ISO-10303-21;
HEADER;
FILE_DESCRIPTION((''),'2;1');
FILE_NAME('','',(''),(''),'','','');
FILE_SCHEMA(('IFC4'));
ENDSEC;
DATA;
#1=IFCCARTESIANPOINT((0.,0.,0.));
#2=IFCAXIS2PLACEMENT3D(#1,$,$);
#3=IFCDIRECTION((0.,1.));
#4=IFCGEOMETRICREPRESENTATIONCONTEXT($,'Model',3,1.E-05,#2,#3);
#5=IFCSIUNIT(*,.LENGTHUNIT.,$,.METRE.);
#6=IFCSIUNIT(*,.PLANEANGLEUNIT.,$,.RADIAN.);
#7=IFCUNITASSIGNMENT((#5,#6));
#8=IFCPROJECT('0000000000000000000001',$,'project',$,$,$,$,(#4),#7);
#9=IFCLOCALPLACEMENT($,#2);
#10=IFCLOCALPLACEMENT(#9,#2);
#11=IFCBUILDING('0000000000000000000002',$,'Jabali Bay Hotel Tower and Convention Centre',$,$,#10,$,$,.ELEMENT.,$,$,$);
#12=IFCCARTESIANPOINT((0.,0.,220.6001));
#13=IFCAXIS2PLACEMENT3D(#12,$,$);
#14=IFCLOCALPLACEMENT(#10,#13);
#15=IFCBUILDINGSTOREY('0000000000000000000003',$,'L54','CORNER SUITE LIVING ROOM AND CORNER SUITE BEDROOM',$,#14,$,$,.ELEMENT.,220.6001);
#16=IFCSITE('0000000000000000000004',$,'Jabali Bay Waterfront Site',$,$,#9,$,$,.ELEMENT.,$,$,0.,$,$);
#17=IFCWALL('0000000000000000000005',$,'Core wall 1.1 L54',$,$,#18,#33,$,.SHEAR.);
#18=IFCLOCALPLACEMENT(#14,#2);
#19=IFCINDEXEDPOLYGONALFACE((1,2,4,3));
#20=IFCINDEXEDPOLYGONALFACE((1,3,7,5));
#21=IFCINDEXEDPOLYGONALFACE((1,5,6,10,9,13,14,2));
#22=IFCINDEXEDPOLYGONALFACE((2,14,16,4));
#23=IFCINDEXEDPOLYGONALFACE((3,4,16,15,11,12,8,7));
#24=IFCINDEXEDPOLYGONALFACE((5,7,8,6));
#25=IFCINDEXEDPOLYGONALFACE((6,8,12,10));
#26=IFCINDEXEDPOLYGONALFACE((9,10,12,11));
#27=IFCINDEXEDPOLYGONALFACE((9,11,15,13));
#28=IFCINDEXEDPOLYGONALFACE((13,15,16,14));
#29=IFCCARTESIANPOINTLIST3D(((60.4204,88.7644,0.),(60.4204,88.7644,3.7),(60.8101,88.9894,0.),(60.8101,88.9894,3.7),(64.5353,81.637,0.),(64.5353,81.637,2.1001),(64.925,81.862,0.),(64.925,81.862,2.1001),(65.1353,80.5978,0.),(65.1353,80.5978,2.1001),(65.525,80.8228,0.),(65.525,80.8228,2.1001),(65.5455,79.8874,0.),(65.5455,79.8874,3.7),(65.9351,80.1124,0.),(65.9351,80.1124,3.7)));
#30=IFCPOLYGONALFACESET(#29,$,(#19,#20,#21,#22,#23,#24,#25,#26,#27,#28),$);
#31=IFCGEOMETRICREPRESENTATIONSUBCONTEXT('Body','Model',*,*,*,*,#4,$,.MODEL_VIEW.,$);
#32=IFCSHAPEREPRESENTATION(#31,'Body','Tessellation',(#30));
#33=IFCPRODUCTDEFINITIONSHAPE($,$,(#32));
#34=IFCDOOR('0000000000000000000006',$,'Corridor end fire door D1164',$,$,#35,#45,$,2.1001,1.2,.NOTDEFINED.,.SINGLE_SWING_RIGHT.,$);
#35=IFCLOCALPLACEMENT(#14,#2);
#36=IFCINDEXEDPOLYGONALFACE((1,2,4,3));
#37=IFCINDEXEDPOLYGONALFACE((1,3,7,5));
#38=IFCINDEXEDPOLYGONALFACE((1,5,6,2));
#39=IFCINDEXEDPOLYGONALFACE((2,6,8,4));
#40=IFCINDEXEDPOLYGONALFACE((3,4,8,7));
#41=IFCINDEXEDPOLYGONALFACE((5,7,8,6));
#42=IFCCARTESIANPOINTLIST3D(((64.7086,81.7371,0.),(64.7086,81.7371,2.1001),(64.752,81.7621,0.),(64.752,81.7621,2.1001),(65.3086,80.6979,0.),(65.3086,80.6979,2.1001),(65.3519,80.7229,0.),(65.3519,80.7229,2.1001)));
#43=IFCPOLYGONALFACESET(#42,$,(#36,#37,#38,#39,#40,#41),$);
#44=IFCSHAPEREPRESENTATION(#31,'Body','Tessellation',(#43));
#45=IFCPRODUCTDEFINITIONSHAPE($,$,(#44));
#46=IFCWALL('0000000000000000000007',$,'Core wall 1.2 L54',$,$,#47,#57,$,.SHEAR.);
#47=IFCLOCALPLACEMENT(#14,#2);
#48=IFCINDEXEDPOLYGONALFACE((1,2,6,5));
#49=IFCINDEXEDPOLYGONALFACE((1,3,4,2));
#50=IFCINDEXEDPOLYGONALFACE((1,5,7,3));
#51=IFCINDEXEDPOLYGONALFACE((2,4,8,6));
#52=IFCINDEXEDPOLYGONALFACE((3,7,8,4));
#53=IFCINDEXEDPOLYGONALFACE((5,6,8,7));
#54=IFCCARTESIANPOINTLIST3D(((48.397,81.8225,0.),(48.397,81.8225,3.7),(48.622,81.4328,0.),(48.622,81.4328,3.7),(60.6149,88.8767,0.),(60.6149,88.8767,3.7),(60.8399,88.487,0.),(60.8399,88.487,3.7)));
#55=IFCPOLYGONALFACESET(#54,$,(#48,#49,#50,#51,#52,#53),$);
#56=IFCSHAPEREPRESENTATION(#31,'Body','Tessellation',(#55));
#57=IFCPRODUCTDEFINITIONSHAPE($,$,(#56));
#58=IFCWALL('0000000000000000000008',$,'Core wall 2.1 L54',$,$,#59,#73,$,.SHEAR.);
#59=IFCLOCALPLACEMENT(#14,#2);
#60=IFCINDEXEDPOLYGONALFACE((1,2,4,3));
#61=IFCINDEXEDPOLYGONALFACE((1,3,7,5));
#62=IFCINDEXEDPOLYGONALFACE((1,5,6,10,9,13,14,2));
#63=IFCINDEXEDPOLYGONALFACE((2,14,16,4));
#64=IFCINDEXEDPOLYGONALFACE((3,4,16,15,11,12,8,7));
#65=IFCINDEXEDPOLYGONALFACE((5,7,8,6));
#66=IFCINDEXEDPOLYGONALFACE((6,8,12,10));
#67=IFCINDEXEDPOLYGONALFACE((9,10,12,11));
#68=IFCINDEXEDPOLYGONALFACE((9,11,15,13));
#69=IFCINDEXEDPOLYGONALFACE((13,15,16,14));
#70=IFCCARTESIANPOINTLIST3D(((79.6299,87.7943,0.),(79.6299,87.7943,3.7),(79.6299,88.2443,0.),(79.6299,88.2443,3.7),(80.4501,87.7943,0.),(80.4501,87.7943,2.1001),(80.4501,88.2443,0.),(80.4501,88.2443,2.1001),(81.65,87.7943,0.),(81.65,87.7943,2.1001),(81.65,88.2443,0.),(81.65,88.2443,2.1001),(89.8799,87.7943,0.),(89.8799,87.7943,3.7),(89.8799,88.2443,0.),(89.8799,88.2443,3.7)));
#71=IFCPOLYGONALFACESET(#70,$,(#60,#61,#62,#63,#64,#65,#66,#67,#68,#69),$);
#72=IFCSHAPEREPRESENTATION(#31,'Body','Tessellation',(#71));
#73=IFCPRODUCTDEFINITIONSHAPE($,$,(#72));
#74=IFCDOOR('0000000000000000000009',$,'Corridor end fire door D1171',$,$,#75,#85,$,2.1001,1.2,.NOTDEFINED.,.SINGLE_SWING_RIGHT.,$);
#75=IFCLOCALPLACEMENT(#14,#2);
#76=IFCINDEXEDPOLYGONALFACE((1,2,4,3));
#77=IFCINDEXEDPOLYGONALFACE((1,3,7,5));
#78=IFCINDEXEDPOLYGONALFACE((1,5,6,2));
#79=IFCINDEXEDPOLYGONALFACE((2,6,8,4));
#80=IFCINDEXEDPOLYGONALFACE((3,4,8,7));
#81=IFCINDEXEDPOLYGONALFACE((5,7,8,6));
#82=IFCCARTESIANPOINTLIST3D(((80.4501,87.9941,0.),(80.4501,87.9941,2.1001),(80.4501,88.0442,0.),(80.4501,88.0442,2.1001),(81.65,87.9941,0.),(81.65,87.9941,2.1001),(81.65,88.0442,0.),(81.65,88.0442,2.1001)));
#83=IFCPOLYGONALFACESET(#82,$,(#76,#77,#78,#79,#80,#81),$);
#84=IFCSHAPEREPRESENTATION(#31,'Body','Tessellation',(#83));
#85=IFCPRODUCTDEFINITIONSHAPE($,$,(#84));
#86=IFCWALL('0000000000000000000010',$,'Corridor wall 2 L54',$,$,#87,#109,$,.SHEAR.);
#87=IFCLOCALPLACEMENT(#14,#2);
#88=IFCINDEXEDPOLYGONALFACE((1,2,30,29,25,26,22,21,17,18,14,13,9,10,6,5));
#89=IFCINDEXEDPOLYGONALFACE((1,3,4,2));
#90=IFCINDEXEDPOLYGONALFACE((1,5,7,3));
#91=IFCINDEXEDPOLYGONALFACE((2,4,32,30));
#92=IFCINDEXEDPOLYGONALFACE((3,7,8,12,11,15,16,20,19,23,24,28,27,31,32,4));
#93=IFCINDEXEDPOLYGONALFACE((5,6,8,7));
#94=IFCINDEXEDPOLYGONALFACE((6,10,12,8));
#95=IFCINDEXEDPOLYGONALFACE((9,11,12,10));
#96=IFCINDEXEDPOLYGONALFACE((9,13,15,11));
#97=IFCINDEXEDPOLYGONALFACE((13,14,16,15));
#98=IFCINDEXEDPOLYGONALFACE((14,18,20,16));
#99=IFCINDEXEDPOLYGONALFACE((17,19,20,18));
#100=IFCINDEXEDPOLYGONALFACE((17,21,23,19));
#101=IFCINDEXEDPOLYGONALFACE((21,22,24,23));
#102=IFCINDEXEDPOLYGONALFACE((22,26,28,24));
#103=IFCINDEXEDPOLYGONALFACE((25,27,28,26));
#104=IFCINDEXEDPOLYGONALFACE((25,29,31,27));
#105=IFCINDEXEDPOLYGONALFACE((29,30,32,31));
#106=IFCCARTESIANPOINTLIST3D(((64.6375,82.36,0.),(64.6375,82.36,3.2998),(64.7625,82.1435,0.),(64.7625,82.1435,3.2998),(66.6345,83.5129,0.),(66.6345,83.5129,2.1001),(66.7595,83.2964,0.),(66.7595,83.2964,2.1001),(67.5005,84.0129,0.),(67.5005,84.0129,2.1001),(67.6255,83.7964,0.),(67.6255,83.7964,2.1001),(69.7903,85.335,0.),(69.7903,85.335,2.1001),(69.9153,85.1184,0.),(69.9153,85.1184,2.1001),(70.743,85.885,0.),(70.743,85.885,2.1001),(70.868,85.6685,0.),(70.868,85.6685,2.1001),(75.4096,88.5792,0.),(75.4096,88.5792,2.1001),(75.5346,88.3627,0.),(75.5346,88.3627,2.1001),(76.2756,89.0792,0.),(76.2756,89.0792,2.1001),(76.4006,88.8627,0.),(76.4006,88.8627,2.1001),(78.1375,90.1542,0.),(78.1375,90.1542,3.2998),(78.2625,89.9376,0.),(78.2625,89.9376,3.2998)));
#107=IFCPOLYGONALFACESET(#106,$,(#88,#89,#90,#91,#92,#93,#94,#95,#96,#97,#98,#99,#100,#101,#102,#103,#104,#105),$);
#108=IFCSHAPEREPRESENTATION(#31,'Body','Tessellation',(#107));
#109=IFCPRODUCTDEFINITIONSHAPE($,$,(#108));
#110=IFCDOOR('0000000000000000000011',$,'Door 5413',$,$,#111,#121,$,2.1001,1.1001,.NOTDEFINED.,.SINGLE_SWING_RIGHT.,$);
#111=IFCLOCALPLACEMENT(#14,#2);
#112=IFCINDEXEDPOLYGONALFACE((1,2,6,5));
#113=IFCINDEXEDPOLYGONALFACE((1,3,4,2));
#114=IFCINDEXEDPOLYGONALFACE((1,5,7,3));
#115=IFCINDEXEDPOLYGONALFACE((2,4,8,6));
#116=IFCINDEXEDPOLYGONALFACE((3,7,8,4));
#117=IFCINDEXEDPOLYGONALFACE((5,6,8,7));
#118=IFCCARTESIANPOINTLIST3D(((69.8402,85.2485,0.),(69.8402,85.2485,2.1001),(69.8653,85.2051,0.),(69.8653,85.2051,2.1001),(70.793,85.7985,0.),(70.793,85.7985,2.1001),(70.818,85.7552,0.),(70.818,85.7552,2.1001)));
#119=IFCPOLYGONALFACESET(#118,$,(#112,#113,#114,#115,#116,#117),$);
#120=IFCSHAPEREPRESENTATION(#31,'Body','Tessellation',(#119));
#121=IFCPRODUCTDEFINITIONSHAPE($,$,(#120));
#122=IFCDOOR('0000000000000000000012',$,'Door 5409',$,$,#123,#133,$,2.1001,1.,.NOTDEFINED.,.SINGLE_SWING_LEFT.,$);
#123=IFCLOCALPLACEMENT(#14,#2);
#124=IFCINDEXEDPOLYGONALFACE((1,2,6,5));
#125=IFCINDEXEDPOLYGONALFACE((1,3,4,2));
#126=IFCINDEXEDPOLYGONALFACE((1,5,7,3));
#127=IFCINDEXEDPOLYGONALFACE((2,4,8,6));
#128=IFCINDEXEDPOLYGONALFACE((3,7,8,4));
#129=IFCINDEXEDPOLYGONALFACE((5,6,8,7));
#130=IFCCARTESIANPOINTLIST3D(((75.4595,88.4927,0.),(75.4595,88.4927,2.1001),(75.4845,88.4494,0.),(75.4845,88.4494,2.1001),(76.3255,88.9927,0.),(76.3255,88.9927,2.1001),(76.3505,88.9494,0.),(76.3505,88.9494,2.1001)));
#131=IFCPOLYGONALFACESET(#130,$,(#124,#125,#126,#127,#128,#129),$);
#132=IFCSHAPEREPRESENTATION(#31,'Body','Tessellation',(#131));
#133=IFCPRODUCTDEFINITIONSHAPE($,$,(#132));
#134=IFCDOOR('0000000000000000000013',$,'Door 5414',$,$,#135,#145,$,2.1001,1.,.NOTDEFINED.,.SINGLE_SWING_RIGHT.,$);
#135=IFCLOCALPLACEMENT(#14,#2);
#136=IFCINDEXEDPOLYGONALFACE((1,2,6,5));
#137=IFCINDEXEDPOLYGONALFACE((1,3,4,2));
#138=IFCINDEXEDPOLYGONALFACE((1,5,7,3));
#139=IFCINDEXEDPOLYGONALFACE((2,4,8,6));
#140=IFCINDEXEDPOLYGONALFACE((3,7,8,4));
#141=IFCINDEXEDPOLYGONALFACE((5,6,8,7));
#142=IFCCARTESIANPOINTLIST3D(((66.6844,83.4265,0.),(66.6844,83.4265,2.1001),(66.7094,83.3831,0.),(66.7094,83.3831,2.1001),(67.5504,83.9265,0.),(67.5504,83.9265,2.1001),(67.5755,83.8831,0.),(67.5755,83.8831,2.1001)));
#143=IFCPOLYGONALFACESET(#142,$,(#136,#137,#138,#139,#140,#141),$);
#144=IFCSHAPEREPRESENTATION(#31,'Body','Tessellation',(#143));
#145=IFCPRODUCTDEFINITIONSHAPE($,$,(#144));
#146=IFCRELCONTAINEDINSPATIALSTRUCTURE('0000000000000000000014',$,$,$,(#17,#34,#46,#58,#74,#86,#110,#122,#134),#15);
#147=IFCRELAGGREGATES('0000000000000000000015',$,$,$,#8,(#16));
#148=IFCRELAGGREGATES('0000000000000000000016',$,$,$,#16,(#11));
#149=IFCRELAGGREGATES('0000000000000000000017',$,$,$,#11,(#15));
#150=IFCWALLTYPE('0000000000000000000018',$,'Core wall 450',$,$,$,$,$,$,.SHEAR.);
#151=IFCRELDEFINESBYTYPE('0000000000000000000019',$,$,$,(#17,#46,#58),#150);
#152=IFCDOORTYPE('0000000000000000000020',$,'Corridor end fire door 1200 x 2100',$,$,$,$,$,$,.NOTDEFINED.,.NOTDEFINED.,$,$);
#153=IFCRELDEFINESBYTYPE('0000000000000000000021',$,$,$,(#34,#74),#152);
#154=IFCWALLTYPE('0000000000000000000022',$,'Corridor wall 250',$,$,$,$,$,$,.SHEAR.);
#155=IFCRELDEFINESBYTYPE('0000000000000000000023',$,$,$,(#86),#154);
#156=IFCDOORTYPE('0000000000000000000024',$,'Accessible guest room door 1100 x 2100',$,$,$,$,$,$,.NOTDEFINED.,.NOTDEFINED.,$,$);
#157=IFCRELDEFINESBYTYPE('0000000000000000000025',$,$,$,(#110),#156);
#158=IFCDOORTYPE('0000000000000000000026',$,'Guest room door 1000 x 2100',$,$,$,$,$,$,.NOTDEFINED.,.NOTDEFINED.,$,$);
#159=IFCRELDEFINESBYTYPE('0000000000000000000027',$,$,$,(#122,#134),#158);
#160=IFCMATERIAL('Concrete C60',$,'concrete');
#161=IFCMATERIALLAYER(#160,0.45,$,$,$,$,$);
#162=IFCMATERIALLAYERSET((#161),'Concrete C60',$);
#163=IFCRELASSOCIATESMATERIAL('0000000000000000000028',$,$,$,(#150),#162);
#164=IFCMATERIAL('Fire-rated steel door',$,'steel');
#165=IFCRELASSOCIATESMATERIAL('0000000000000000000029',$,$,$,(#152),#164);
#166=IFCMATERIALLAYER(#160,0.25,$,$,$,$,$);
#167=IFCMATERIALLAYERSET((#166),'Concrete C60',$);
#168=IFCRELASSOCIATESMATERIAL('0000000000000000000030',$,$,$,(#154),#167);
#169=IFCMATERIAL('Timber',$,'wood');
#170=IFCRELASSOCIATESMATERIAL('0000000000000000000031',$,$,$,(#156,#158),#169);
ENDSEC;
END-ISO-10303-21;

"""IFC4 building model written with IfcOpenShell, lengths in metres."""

from ifc_helpers import new_model, si_unit, direction, frame, frame_2d, origin, place, context, subcontext, project, spatial, rectangle, extrude, material, layer, layer_set, type_object, element, fill, save


model = new_model("IFC4")

# Units and contexts
model_context = context("Model", 3, precision=1e-05, world=origin(), true_north=direction((0.0, 1.0)))
body_context = subcontext(model_context, "Body", "Model", "MODEL_VIEW")
ifc_project = project(units=[si_unit("LENGTHUNIT", "METRE"), si_unit("PLANEANGLEUNIT", "RADIAN")], contexts=[model_context])

# Site, building, storey
site_placement = place(None, origin())
site = spatial("IfcSite", under=ifc_project, at=site_placement, Name="Jabali Bay Waterfront Site", CompositionType="ELEMENT", RefElevation=0.0)
building_placement = place(site_placement, origin())
building = spatial("IfcBuilding", under=site, at=building_placement, Name="Jabali Bay Hotel Tower and Convention Centre", CompositionType="ELEMENT")
storey_placement = place(building_placement, frame((0.0, 0.0, 220.6001)))
storey = spatial("IfcBuildingStorey", under=building, at=storey_placement, Name="L54", Description="CORNER SUITE LIVING ROOM AND CORNER SUITE BEDROOM", CompositionType="ELEMENT", Elevation=220.6001)

# Shared definitions
ifc_material_1 = material(Name="Fire-rated steel door", Category="steel")

# Wall, opening, door
ifc_material_2 = material(Name="Concrete C60", Category="concrete")
ifc_layer_1 = layer(ifc_material_2, 0.45)
ifc_layer_set_1 = layer_set([ifc_layer_1], Name="Concrete C60")
wall_type_1 = type_object("IfcWallType", Name="Core wall 450", PredefinedType="SHEAR", material=ifc_layer_set_1)
wall_1_placement = place(storey_placement, frame((65.7402, 80.0, 0.0), z_axis=(0.0, 0.0, 1.0), x_axis=(-0.499992, 0.86603, 0.0)))
wall_1 = element("IfcWall", 1, at=wall_1_placement, inside=storey, type_object=wall_type_1, Name="Core wall 1.1 L54", PredefinedType="SHEAR", context=body_context, shape_type="SweptSolid", body=[
    extrude(rectangle(XDim=10.2502, YDim=0.45, at=frame_2d((5.125, 0.0))), origin(), (0.0, 0.0, 1.0), 3.7),
])
opening_1_placement = place(wall_1_placement, frame((0.8201, 0.0, 0.0)))
opening_1 = element("IfcOpeningElement", 2, at=opening_1_placement, cuts=wall_1, PredefinedType="OPENING", context=body_context, shape_type="SweptSolid", body=[
    extrude(rectangle(XDim=1.2, YDim=2.1001, at=frame_2d((0.6001, 1.05))), frame((0.0, 0.2354, 0.0), z_axis=(0.0, -1.0, 0.0), x_axis=(1.0, 0.0, 0.0)), (0.0, 0.0, 1.0), 0.4709),
])
door_type_1 = type_object("IfcDoorType", Name="Corridor end fire door 1200 x 2100", OperationType="NOTDEFINED", PredefinedType="NOTDEFINED", material=ifc_material_1)
door_1_placement = place(opening_1_placement, origin())
door_1 = element("IfcDoor", 3, at=door_1_placement, inside=storey, type_object=door_type_1, Name="Corridor end fire door D1164", OperationType="SINGLE_SWING_RIGHT", OverallHeight=2.1001, OverallWidth=1.2, PredefinedType="NOTDEFINED", context=body_context, shape_type="SweptSolid", body=[
    extrude(rectangle(XDim=1.2, YDim=2.1001, at=frame_2d((0.6001, 1.05))), frame((0.0, 0.0249, 0.0), z_axis=(0.0, -1.0, 0.0), x_axis=(1.0, 0.0, 0.0)), (0.0, 0.0, 1.0), 0.05),
])
fill(opening_1, door_1)

# Wall
wall_2_placement = place(storey_placement, frame((60.7275, 88.6819, 0.0), z_axis=(0.0, 0.0, 1.0), x_axis=(-0.866022, -0.500007, 0.0)))
element("IfcWall", 4, at=wall_2_placement, inside=storey, type_object=wall_type_1, Name="Core wall 1.2 L54", PredefinedType="SHEAR", context=body_context, shape_type="SweptSolid", body=[
    extrude(rectangle(XDim=14.1082, YDim=0.45, at=frame_2d((7.0542, 0.0))), origin(), (0.0, 0.0, 1.0), 3.7),
])

# Wall, opening, door
wall_3_placement = place(storey_placement, frame((79.6299, 88.0193, 0.0), z_axis=(0.0, 0.0, 1.0), x_axis=(1.0, 0.0, 0.0)))
wall_3 = element("IfcWall", 5, at=wall_3_placement, inside=storey, type_object=wall_type_1, Name="Core wall 2.1 L54", PredefinedType="SHEAR", context=body_context, shape_type="SweptSolid", body=[
    extrude(rectangle(XDim=10.25, YDim=0.45, at=frame_2d((5.125, 0.0))), origin(), (0.0, 0.0, 1.0), 3.7),
])
opening_2_placement = place(wall_3_placement, frame((0.8201, 0.0, 0.0)))
opening_2 = element("IfcOpeningElement", 6, at=opening_2_placement, cuts=wall_3, PredefinedType="OPENING", context=body_context, shape_type="SweptSolid", body=[
    extrude(rectangle(XDim=1.2, YDim=2.1001, at=frame_2d((0.6001, 1.05))), frame((0.0, 0.2354, 0.0), z_axis=(0.0, -1.0, 0.0), x_axis=(1.0, 0.0, 0.0)), (0.0, 0.0, 1.0), 0.4709),
])
door_2_placement = place(opening_2_placement, origin())
door_2 = element("IfcDoor", 7, at=door_2_placement, inside=storey, type_object=door_type_1, Name="Corridor end fire door D1171", OperationType="SINGLE_SWING_RIGHT", OverallHeight=2.1001, OverallWidth=1.2, PredefinedType="NOTDEFINED", context=body_context, shape_type="SweptSolid", body=[
    extrude(rectangle(XDim=1.2, YDim=2.1001, at=frame_2d((0.6001, 1.05))), frame((0.0, 0.0249, 0.0), z_axis=(0.0, -1.0, 0.0), x_axis=(1.0, 0.0, 0.0)), (0.0, 0.0, 1.0), 0.05),
])
fill(opening_2, door_2)

# Wall, openings, doors
ifc_layer_2 = layer(ifc_material_2, 0.25)
ifc_layer_set_2 = layer_set([ifc_layer_2], Name="Concrete C60")
wall_type_2 = type_object("IfcWallType", Name="Corridor wall 250", PredefinedType="SHEAR", material=ifc_layer_set_2)
wall_4_placement = place(storey_placement, frame((78.2, 90.0459, 0.0), z_axis=(0.0, 0.0, 1.0), x_axis=(-0.866026, -0.499998, 0.0)))
wall_4 = element("IfcWall", 8, at=wall_4_placement, inside=storey, type_object=wall_type_2, Name="Corridor wall 2 L54", PredefinedType="SHEAR", context=body_context, shape_type="SweptSolid", body=[
    extrude(rectangle(XDim=15.5884, YDim=0.25, at=frame_2d((7.7942, 0.0))), origin(), (0.0, 0.0, 1.0), 3.2998),
])
opening_3_placement = place(wall_4_placement, frame((2.1499, 0.0, 0.0)))
opening_3 = element("IfcOpeningElement", 9, at=opening_3_placement, cuts=wall_4, PredefinedType="OPENING", context=body_context, shape_type="SweptSolid", body=[
    extrude(rectangle(XDim=1.0, YDim=2.1001, at=frame_2d((0.5, 1.05))), frame((0.0, 0.1355, 0.0), z_axis=(0.0, -1.0, 0.0), x_axis=(1.0, 0.0, 0.0)), (0.0, 0.0, 1.0), 0.271),
])
opening_4_placement = place(wall_4_placement, frame((8.5383, 0.0, 0.0)))
opening_4 = element("IfcOpeningElement", 10, at=opening_4_placement, cuts=wall_4, PredefinedType="OPENING", context=body_context, shape_type="SweptSolid", body=[
    extrude(rectangle(XDim=1.1001, YDim=2.1001, at=frame_2d((0.55, 1.05))), frame((0.0, 0.1355, 0.0), z_axis=(0.0, -1.0, 0.0), x_axis=(1.0, 0.0, 0.0)), (0.0, 0.0, 1.0), 0.271),
])
opening_5_placement = place(wall_4_placement, frame((12.2825, 0.0, 0.0)))
opening_5 = element("IfcOpeningElement", 11, at=opening_5_placement, cuts=wall_4, PredefinedType="OPENING", context=body_context, shape_type="SweptSolid", body=[
    extrude(rectangle(XDim=1.0, YDim=2.1001, at=frame_2d((0.5, 1.05))), frame((0.0, 0.1355, 0.0), z_axis=(0.0, -1.0, 0.0), x_axis=(1.0, 0.0, 0.0)), (0.0, 0.0, 1.0), 0.271),
])
ifc_material_3 = material(Name="Timber", Category="wood")
door_type_2 = type_object("IfcDoorType", Name="Accessible guest room door 1100 x 2100", OperationType="NOTDEFINED", PredefinedType="NOTDEFINED", material=ifc_material_3)
door_3_placement = place(opening_4_placement, origin())
door_3 = element("IfcDoor", 12, at=door_3_placement, inside=storey, type_object=door_type_2, Name="Door 5413", OperationType="SINGLE_SWING_RIGHT", OverallHeight=2.1001, OverallWidth=1.1001, PredefinedType="NOTDEFINED", context=body_context, shape_type="SweptSolid", body=[
    extrude(rectangle(XDim=1.1001, YDim=2.1001, at=frame_2d((0.55, 1.05))), frame((0.0, 0.0249, 0.0), z_axis=(0.0, -1.0, 0.0), x_axis=(1.0, 0.0, 0.0)), (0.0, 0.0, 1.0), 0.05),
])
fill(opening_4, door_3)
door_type_3 = type_object("IfcDoorType", Name="Guest room door 1000 x 2100", OperationType="NOTDEFINED", PredefinedType="NOTDEFINED", material=ifc_material_3)
door_4_placement = place(opening_3_placement, origin())
door_4 = element("IfcDoor", 13, at=door_4_placement, inside=storey, type_object=door_type_3, Name="Door 5409", OperationType="SINGLE_SWING_LEFT", OverallHeight=2.1001, OverallWidth=1.0, PredefinedType="NOTDEFINED", context=body_context, shape_type="SweptSolid", body=[
    extrude(rectangle(XDim=1.0, YDim=2.1001, at=frame_2d((0.5, 1.05))), frame((0.0, 0.0249, 0.0), z_axis=(0.0, -1.0, 0.0), x_axis=(1.0, 0.0, 0.0)), (0.0, 0.0, 1.0), 0.05),
])
fill(opening_3, door_4)
door_5_placement = place(opening_5_placement, origin())
door_5 = element("IfcDoor", 14, at=door_5_placement, inside=storey, type_object=door_type_3, Name="Door 5414", OperationType="SINGLE_SWING_RIGHT", OverallHeight=2.1001, OverallWidth=1.0, PredefinedType="NOTDEFINED", context=body_context, shape_type="SweptSolid", body=[
    extrude(rectangle(XDim=1.0, YDim=2.1001, at=frame_2d((0.5, 1.05))), frame((0.0, 0.0249, 0.0), z_axis=(0.0, -1.0, 0.0), x_axis=(1.0, 0.0, 0.0)), (0.0, 0.0, 1.0), 0.05),
])
fill(opening_5, door_5)

save(model, "model.ifc")
